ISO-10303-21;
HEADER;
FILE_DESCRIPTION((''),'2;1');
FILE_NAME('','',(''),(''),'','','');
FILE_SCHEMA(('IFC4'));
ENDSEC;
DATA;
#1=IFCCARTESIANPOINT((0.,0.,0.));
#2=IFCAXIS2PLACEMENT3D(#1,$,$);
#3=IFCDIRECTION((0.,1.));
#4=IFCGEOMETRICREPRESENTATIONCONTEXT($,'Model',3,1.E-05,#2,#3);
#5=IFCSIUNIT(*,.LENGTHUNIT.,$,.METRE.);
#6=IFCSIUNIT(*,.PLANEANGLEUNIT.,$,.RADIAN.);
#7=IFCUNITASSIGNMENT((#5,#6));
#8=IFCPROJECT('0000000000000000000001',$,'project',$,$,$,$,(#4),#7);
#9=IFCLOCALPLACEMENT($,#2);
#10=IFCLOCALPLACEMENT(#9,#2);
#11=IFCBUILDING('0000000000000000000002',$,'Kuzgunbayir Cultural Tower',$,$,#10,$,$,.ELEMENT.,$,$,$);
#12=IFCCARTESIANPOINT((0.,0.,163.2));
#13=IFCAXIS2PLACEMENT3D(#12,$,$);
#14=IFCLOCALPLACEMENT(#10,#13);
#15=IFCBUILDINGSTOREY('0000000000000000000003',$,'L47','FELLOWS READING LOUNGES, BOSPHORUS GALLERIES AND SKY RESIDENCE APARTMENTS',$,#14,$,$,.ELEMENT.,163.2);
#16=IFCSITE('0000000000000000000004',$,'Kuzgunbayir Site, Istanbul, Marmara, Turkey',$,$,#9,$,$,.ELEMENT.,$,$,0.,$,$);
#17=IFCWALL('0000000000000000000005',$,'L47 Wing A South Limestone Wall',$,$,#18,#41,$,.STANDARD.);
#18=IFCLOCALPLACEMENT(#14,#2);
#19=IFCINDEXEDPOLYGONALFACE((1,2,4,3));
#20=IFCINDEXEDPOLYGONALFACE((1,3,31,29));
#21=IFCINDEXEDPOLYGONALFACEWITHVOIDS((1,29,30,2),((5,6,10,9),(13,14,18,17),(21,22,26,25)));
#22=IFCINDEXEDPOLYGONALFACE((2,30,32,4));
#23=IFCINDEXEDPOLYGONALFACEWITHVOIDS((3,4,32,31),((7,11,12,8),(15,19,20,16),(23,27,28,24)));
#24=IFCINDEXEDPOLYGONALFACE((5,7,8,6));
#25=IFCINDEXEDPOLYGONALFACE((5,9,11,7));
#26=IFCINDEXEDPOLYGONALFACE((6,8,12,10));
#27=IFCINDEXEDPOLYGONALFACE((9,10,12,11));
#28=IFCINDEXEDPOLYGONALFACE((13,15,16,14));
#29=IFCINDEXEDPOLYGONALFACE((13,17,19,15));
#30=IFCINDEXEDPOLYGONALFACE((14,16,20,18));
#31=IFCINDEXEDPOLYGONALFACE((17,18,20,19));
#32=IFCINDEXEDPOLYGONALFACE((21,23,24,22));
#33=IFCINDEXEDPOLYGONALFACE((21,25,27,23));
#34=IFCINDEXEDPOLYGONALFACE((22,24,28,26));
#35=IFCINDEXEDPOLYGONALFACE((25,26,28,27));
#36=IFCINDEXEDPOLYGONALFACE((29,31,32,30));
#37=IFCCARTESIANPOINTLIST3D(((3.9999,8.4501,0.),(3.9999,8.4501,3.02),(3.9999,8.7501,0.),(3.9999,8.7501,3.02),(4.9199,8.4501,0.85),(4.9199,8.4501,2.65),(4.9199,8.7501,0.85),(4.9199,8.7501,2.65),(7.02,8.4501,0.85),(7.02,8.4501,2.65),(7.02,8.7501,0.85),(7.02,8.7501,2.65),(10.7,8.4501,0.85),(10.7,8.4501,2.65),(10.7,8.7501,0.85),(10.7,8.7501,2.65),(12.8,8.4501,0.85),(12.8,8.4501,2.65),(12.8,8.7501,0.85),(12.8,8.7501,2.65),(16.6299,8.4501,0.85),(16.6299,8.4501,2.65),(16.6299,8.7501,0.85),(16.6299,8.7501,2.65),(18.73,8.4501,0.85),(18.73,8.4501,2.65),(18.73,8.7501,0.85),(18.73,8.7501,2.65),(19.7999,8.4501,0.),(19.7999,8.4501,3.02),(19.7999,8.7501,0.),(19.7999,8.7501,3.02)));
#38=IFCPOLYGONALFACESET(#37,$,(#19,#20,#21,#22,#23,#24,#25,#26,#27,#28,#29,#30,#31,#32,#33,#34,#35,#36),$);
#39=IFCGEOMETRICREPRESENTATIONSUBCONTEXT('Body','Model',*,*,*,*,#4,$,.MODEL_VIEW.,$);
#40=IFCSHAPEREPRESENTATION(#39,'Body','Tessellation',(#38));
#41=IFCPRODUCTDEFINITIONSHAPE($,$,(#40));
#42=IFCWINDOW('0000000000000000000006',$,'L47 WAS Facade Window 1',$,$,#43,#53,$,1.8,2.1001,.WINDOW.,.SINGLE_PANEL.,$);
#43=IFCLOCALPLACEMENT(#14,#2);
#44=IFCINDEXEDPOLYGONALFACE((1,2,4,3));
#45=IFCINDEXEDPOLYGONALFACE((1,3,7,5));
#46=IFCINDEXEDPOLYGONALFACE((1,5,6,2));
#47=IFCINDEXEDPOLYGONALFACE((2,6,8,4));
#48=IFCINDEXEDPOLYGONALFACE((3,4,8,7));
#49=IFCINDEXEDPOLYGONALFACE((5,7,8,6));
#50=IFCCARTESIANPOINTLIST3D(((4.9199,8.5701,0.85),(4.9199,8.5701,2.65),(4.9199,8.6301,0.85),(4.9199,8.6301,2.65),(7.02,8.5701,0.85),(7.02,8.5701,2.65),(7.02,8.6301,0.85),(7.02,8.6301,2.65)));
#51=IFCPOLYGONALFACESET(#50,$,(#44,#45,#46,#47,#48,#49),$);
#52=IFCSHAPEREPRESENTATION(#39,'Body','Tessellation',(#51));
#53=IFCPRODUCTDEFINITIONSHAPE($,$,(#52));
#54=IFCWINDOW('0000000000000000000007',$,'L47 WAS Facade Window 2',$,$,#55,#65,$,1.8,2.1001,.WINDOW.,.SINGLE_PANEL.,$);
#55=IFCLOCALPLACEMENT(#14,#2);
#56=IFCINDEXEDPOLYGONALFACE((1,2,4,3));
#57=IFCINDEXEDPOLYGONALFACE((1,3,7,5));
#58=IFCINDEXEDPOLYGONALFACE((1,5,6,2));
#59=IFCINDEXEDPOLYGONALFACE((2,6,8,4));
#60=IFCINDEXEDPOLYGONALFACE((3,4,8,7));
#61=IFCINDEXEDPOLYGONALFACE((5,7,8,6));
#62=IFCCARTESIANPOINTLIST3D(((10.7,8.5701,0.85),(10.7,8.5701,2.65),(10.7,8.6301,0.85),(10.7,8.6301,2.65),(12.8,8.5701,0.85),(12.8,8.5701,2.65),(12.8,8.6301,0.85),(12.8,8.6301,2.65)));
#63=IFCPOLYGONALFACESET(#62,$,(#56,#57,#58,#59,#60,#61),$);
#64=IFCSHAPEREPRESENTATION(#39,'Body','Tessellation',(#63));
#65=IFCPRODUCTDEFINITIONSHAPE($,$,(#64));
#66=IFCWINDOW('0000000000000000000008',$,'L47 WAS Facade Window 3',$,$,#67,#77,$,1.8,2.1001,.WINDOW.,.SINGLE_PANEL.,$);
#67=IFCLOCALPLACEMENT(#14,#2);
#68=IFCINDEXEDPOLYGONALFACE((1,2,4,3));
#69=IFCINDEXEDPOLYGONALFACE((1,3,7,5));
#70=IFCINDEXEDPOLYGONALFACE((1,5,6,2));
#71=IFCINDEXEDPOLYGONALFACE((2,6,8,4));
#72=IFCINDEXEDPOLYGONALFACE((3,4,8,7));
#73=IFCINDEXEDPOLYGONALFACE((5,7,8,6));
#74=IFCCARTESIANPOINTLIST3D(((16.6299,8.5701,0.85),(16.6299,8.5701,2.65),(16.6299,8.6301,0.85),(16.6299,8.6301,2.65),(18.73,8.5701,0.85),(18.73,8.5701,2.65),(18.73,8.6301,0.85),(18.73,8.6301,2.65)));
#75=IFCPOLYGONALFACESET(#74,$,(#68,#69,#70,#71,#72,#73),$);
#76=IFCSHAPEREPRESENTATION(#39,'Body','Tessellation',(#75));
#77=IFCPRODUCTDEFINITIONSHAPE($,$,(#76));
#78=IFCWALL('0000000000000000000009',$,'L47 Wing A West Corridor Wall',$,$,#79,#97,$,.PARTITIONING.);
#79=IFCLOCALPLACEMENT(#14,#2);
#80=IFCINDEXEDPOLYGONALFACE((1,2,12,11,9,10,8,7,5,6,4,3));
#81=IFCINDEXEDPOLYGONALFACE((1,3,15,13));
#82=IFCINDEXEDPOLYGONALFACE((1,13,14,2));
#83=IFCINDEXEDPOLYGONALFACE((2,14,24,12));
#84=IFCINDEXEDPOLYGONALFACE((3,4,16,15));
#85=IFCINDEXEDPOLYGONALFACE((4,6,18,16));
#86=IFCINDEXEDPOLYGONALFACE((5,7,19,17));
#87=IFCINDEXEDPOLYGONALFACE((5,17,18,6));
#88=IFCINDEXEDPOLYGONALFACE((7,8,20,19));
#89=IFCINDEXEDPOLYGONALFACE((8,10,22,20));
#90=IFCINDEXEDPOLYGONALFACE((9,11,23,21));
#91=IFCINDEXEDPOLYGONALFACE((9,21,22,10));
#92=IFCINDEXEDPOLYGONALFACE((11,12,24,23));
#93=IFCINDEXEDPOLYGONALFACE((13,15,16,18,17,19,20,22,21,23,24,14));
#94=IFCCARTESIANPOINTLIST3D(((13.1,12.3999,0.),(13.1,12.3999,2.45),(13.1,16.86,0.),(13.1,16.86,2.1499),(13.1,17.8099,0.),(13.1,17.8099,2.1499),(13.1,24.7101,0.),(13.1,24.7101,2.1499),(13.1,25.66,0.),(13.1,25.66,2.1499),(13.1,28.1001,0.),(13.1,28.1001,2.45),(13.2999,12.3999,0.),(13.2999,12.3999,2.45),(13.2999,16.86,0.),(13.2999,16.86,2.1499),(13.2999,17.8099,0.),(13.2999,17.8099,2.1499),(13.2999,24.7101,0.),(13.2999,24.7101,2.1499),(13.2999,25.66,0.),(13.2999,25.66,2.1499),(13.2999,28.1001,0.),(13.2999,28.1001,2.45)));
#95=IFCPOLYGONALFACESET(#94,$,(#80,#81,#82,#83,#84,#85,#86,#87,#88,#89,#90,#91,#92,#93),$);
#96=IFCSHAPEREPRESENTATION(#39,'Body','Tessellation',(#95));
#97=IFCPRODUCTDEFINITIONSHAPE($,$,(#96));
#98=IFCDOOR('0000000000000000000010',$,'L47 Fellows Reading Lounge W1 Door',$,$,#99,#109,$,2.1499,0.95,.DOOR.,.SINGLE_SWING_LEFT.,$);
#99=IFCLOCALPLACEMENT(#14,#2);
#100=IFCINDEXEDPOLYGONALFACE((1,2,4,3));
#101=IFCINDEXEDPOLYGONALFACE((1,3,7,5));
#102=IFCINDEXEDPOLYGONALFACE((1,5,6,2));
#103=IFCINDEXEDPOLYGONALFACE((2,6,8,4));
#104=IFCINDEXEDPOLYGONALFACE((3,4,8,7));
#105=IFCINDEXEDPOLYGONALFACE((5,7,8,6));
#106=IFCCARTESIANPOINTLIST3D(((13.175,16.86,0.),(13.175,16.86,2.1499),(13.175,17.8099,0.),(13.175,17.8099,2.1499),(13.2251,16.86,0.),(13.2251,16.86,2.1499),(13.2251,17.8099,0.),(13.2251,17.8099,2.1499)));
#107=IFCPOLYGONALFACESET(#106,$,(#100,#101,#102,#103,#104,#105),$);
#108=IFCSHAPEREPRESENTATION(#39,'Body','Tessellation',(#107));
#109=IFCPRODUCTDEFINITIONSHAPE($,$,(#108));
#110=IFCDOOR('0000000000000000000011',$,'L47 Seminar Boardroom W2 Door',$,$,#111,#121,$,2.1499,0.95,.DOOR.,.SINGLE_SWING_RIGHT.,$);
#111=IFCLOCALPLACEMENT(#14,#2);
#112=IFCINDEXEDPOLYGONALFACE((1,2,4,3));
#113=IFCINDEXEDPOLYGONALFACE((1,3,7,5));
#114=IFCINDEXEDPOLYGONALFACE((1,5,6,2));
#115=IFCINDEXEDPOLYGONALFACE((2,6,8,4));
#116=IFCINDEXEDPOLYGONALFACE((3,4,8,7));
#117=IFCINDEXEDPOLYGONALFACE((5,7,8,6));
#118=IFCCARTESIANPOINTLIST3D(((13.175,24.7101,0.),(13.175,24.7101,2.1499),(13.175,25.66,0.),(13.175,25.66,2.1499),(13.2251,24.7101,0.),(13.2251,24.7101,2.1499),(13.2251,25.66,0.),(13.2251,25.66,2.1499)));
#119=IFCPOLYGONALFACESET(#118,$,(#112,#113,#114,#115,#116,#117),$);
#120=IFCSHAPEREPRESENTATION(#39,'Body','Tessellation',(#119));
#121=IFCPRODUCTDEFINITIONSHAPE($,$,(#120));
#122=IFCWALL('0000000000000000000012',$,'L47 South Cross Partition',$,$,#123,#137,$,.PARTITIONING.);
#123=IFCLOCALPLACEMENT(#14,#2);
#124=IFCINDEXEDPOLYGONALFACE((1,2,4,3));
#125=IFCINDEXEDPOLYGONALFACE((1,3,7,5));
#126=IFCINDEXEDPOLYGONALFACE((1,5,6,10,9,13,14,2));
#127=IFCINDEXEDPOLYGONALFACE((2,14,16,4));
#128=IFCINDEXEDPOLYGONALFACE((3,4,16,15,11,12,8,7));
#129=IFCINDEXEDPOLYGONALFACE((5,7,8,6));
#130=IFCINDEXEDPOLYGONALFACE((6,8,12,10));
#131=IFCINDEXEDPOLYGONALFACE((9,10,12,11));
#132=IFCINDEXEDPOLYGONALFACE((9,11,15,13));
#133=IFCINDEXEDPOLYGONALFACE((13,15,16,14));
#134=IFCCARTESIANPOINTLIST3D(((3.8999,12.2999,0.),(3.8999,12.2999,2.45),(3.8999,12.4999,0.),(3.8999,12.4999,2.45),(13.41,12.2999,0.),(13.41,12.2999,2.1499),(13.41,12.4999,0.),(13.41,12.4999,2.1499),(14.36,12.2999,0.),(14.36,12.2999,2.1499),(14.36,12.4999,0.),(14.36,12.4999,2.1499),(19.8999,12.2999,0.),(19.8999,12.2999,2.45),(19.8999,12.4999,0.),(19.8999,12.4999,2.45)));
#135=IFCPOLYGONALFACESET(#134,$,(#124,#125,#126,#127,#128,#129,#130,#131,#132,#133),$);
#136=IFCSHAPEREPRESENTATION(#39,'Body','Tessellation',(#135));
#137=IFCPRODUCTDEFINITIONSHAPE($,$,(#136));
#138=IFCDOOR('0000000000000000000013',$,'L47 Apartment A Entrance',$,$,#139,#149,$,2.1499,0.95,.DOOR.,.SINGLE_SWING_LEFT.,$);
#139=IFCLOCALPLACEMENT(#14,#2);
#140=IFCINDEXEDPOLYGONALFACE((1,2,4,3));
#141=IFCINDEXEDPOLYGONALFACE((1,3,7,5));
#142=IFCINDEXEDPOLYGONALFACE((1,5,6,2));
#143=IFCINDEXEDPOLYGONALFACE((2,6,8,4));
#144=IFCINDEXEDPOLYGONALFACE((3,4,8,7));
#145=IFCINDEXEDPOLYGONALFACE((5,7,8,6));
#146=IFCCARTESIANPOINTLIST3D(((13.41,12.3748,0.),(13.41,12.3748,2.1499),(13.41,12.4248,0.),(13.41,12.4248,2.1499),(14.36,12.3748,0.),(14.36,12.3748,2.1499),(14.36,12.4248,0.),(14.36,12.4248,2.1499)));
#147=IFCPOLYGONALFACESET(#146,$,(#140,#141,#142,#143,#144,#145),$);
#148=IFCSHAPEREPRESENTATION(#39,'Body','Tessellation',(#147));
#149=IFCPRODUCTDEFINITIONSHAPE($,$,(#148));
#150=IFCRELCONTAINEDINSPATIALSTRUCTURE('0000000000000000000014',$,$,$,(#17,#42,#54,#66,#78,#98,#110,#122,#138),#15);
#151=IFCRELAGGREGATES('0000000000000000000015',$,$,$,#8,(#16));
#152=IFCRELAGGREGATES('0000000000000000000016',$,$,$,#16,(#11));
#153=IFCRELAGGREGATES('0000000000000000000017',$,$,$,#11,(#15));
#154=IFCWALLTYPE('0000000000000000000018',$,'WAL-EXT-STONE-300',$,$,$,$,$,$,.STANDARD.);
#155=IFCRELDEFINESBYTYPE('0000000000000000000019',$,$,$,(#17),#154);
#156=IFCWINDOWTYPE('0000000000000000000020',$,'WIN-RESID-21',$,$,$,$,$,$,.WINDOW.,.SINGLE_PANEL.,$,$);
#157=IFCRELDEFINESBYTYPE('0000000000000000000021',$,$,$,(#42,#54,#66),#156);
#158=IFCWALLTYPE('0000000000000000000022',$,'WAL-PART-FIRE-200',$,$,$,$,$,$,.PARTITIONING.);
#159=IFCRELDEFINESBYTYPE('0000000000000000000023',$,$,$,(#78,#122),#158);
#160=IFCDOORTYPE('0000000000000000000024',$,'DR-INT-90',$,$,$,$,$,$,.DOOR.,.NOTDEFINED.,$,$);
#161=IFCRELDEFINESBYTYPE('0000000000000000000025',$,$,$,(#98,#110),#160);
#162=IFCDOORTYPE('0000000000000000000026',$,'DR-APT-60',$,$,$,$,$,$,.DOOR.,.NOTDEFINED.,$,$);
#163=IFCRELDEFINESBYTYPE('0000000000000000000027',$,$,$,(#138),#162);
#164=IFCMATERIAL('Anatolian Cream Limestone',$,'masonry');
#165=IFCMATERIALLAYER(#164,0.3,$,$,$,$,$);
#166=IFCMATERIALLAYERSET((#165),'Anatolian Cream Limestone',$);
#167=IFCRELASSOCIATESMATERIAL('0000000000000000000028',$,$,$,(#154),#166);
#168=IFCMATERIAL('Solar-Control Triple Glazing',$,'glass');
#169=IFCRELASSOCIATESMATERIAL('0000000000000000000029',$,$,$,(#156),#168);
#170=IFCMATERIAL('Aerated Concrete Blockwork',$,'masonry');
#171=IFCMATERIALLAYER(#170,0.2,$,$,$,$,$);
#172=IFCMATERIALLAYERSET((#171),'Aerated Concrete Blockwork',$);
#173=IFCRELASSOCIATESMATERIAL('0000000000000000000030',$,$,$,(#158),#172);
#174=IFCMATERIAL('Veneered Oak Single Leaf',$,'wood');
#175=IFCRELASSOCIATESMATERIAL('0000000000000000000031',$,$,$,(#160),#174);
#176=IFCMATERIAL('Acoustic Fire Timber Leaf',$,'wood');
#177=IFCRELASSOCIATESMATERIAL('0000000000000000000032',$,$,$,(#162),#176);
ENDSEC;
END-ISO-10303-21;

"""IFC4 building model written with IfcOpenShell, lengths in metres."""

from ifc_helpers import new_model, si_unit, direction, frame, frame_2d, origin, place, context, subcontext, project, spatial, rectangle, extrude, material, layer, layer_set, type_object, element, fill, save


model = new_model("IFC4")

# Units and contexts
model_context = context("Model", 3, precision=1e-05, world=origin(), true_north=direction((0.0, 1.0)))
body_context = subcontext(model_context, "Body", "Model", "MODEL_VIEW")
ifc_project = project(units=[si_unit("LENGTHUNIT", "METRE"), si_unit("PLANEANGLEUNIT", "RADIAN")], contexts=[model_context])

# Site, building, storey
site_placement = place(None, origin())
site = spatial("IfcSite", under=ifc_project, at=site_placement, Name="Kuzgunbayir Site, Istanbul, Marmara, Turkey", CompositionType="ELEMENT", RefElevation=0.0)
building_placement = place(site_placement, origin())
building = spatial("IfcBuilding", under=site, at=building_placement, Name="Kuzgunbayir Cultural Tower", CompositionType="ELEMENT")
storey_placement = place(building_placement, frame((0.0, 0.0, 163.2)))
storey = spatial("IfcBuildingStorey", under=building, at=storey_placement, Name="L47", Description="FELLOWS READING LOUNGES, BOSPHORUS GALLERIES AND SKY RESIDENCE APARTMENTS", CompositionType="ELEMENT", Elevation=163.2)

# Wall, openings, windows
ifc_material_1 = material(Name="Anatolian Cream Limestone", Category="masonry")
ifc_layer_1 = layer(ifc_material_1, 0.3)
ifc_layer_set_1 = layer_set([ifc_layer_1], Name="Anatolian Cream Limestone")
wall_type_1 = type_object("IfcWallType", Name="WAL-EXT-STONE-300", PredefinedType="STANDARD", material=ifc_layer_set_1)
wall_1_placement = place(storey_placement, frame((4.0, 8.6001, 0.0), z_axis=(0.0, 0.0, 1.0), x_axis=(1.0, 0.0, 0.0)))
wall_1 = element("IfcWall", 1, at=wall_1_placement, inside=storey, type_object=wall_type_1, Name="L47 Wing A South Limestone Wall", PredefinedType="STANDARD", context=body_context, shape_type="SweptSolid", body=[
    extrude(rectangle(XDim=15.8, YDim=0.3, at=frame_2d((7.8999, 0.0))), origin(), (0.0, 0.0, 1.0), 3.02),
])
opening_1_placement = place(wall_1_placement, frame((0.9199, 0.0, 0.8501)))
opening_1 = element("IfcOpeningElement", 2, at=opening_1_placement, cuts=wall_1, PredefinedType="OPENING", context=body_context, shape_type="SweptSolid", body=[
    extrude(rectangle(XDim=2.1001, YDim=1.8, at=frame_2d((1.05, 0.8999))), frame((0.0, 0.1602, 0.0), z_axis=(0.0, -1.0, 0.0), x_axis=(1.0, 0.0, 0.0)), (0.0, 0.0, 1.0), 0.3201),
])
opening_2_placement = place(wall_1_placement, frame((6.7, 0.0, 0.8501)))
opening_2 = element("IfcOpeningElement", 3, at=opening_2_placement, cuts=wall_1, PredefinedType="OPENING", context=body_context, shape_type="SweptSolid", body=[
    extrude(rectangle(XDim=2.1001, YDim=1.8, at=frame_2d((1.05, 0.8999))), frame((0.0, 0.1602, 0.0), z_axis=(0.0, -1.0, 0.0), x_axis=(1.0, 0.0, 0.0)), (0.0, 0.0, 1.0), 0.3201),
])
opening_3_placement = place(wall_1_placement, frame((12.6299, 0.0, 0.8501)))
opening_3 = element("IfcOpeningElement", 4, at=opening_3_placement, cuts=wall_1, PredefinedType="OPENING", context=body_context, shape_type="SweptSolid", body=[
    extrude(rectangle(XDim=2.1001, YDim=1.8, at=frame_2d((1.05, 0.8999))), frame((0.0, 0.1602, 0.0), z_axis=(0.0, -1.0, 0.0), x_axis=(1.0, 0.0, 0.0)), (0.0, 0.0, 1.0), 0.3201),
])
ifc_material_2 = material(Name="Solar-Control Triple Glazing", Category="glass")
window_type = type_object("IfcWindowType", Name="WIN-RESID-21", PartitioningType="SINGLE_PANEL", PredefinedType="WINDOW", material=ifc_material_2)
window_1_placement = place(opening_1_placement, origin())
window_1 = element("IfcWindow", 5, at=window_1_placement, inside=storey, type_object=window_type, Name="L47 WAS Facade Window 1", OverallHeight=1.8, OverallWidth=2.1001, PartitioningType="SINGLE_PANEL", PredefinedType="WINDOW", context=body_context, shape_type="SweptSolid", body=[
    extrude(rectangle(XDim=2.1001, YDim=1.8, at=frame_2d((1.05, 0.8999))), frame((0.0, 0.03, 0.0), z_axis=(0.0, -1.0, 0.0), x_axis=(1.0, 0.0, 0.0)), (0.0, 0.0, 1.0), 0.0601),
])
fill(opening_1, window_1)
window_2_placement = place(opening_2_placement, origin())
window_2 = element("IfcWindow", 6, at=window_2_placement, inside=storey, type_object=window_type, Name="L47 WAS Facade Window 2", OverallHeight=1.8, OverallWidth=2.1001, PartitioningType="SINGLE_PANEL", PredefinedType="WINDOW", context=body_context, shape_type="SweptSolid", body=[
    extrude(rectangle(XDim=2.1001, YDim=1.8, at=frame_2d((1.05, 0.8999))), frame((0.0, 0.03, 0.0), z_axis=(0.0, -1.0, 0.0), x_axis=(1.0, 0.0, 0.0)), (0.0, 0.0, 1.0), 0.0601),
])
fill(opening_2, window_2)
window_3_placement = place(opening_3_placement, origin())
window_3 = element("IfcWindow", 7, at=window_3_placement, inside=storey, type_object=window_type, Name="L47 WAS Facade Window 3", OverallHeight=1.8, OverallWidth=2.1001, PartitioningType="SINGLE_PANEL", PredefinedType="WINDOW", context=body_context, shape_type="SweptSolid", body=[
    extrude(rectangle(XDim=2.1001, YDim=1.8, at=frame_2d((1.05, 0.8999))), frame((0.0, 0.03, 0.0), z_axis=(0.0, -1.0, 0.0), x_axis=(1.0, 0.0, 0.0)), (0.0, 0.0, 1.0), 0.0601),
])
fill(opening_3, window_3)

# Wall, openings, doors
ifc_material_3 = material(Name="Aerated Concrete Blockwork", Category="masonry")
ifc_layer_2 = layer(ifc_material_3, 0.2)
ifc_layer_set_2 = layer_set([ifc_layer_2], Name="Aerated Concrete Blockwork")
wall_type_2 = type_object("IfcWallType", Name="WAL-PART-FIRE-200", PredefinedType="PARTITIONING", material=ifc_layer_set_2)
wall_2_placement = place(storey_placement, frame((13.2, 12.3999, 0.0), z_axis=(0.0, 0.0, 1.0), x_axis=(0.0, 1.0, 0.0)))
wall_2 = element("IfcWall", 8, at=wall_2_placement, inside=storey, type_object=wall_type_2, Name="L47 Wing A West Corridor Wall", PredefinedType="PARTITIONING", context=body_context, shape_type="SweptSolid", body=[
    extrude(rectangle(XDim=15.7002, YDim=0.2, at=frame_2d((7.8501, 0.0))), origin(), (0.0, 0.0, 1.0), 2.45),
])
opening_4_placement = place(wall_2_placement, frame((4.46, 0.0, 0.0)))
opening_4 = element("IfcOpeningElement", 9, at=opening_4_placement, cuts=wall_2, PredefinedType="OPENING", context=body_context, shape_type="SweptSolid", body=[
    extrude(rectangle(XDim=0.95, YDim=2.1499, at=frame_2d((0.4751, 1.075))), frame((0.0, 0.1099, 0.0), z_axis=(0.0, -1.0, 0.0), x_axis=(1.0, 0.0, 0.0)), (0.0, 0.0, 1.0), 0.22),
])
opening_5_placement = place(wall_2_placement, frame((12.3101, 0.0, 0.0)))
opening_5 = element("IfcOpeningElement", 10, at=opening_5_placement, cuts=wall_2, PredefinedType="OPENING", context=body_context, shape_type="SweptSolid", body=[
    extrude(rectangle(XDim=0.95, YDim=2.1499, at=frame_2d((0.4751, 1.075))), frame((0.0, 0.1099, 0.0), z_axis=(0.0, -1.0, 0.0), x_axis=(1.0, 0.0, 0.0)), (0.0, 0.0, 1.0), 0.22),
])
ifc_material_4 = material(Name="Veneered Oak Single Leaf", Category="wood")
door_type_1 = type_object("IfcDoorType", Name="DR-INT-90", OperationType="NOTDEFINED", PredefinedType="DOOR", material=ifc_material_4)
door_1_placement = place(opening_4_placement, origin())
door_1 = element("IfcDoor", 11, at=door_1_placement, inside=storey, type_object=door_type_1, Name="L47 Fellows Reading Lounge W1 Door", OperationType="SINGLE_SWING_LEFT", OverallHeight=2.1499, OverallWidth=0.95, PredefinedType="DOOR", context=body_context, shape_type="SweptSolid", body=[
    extrude(rectangle(XDim=0.95, YDim=2.1499, at=frame_2d((0.4751, 1.075))), frame((0.0, 0.0249, 0.0), z_axis=(0.0, -1.0, 0.0), x_axis=(1.0, 0.0, 0.0)), (0.0, 0.0, 1.0), 0.05),
])
fill(opening_4, door_1)
door_2_placement = place(opening_5_placement, origin())
door_2 = element("IfcDoor", 12, at=door_2_placement, inside=storey, type_object=door_type_1, Name="L47 Seminar Boardroom W2 Door", OperationType="SINGLE_SWING_RIGHT", OverallHeight=2.1499, OverallWidth=0.95, PredefinedType="DOOR", context=body_context, shape_type="SweptSolid", body=[
    extrude(rectangle(XDim=0.95, YDim=2.1499, at=frame_2d((0.4751, 1.075))), frame((0.0, 0.0249, 0.0), z_axis=(0.0, -1.0, 0.0), x_axis=(1.0, 0.0, 0.0)), (0.0, 0.0, 1.0), 0.05),
])
fill(opening_5, door_2)

# Wall, opening, door
wall_3_placement = place(storey_placement, frame((3.8999, 12.3999, 0.0), z_axis=(0.0, 0.0, 1.0), x_axis=(1.0, 0.0, 0.0)))
wall_3 = element("IfcWall", 13, at=wall_3_placement, inside=storey, type_object=wall_type_2, Name="L47 South Cross Partition", PredefinedType="PARTITIONING", context=body_context, shape_type="SweptSolid", body=[
    extrude(rectangle(XDim=16.0, YDim=0.2, at=frame_2d((8.0, 0.0))), origin(), (0.0, 0.0, 1.0), 2.45),
])
opening_6_placement = place(wall_3_placement, frame((9.51, 0.0, 0.0)))
opening_6 = element("IfcOpeningElement", 14, at=opening_6_placement, cuts=wall_3, PredefinedType="OPENING", context=body_context, shape_type="SweptSolid", body=[
    extrude(rectangle(XDim=0.95, YDim=2.1499, at=frame_2d((0.4751, 1.075))), frame((0.0, 0.1099, 0.0), z_axis=(0.0, -1.0, 0.0), x_axis=(1.0, 0.0, 0.0)), (0.0, 0.0, 1.0), 0.22),
])
ifc_material_5 = material(Name="Acoustic Fire Timber Leaf", Category="wood")
door_type_2 = type_object("IfcDoorType", Name="DR-APT-60", OperationType="NOTDEFINED", PredefinedType="DOOR", material=ifc_material_5)
door_3_placement = place(opening_6_placement, origin())
door_3 = element("IfcDoor", 15, at=door_3_placement, inside=storey, type_object=door_type_2, Name="L47 Apartment A Entrance", OperationType="SINGLE_SWING_LEFT", OverallHeight=2.1499, OverallWidth=0.95, PredefinedType="DOOR", context=body_context, shape_type="SweptSolid", body=[
    extrude(rectangle(XDim=0.95, YDim=2.1499, at=frame_2d((0.4751, 1.075))), frame((0.0, 0.0249, 0.0), z_axis=(0.0, -1.0, 0.0), x_axis=(1.0, 0.0, 0.0)), (0.0, 0.0, 1.0), 0.05),
])
fill(opening_6, door_3)

save(model, "model.ifc")
